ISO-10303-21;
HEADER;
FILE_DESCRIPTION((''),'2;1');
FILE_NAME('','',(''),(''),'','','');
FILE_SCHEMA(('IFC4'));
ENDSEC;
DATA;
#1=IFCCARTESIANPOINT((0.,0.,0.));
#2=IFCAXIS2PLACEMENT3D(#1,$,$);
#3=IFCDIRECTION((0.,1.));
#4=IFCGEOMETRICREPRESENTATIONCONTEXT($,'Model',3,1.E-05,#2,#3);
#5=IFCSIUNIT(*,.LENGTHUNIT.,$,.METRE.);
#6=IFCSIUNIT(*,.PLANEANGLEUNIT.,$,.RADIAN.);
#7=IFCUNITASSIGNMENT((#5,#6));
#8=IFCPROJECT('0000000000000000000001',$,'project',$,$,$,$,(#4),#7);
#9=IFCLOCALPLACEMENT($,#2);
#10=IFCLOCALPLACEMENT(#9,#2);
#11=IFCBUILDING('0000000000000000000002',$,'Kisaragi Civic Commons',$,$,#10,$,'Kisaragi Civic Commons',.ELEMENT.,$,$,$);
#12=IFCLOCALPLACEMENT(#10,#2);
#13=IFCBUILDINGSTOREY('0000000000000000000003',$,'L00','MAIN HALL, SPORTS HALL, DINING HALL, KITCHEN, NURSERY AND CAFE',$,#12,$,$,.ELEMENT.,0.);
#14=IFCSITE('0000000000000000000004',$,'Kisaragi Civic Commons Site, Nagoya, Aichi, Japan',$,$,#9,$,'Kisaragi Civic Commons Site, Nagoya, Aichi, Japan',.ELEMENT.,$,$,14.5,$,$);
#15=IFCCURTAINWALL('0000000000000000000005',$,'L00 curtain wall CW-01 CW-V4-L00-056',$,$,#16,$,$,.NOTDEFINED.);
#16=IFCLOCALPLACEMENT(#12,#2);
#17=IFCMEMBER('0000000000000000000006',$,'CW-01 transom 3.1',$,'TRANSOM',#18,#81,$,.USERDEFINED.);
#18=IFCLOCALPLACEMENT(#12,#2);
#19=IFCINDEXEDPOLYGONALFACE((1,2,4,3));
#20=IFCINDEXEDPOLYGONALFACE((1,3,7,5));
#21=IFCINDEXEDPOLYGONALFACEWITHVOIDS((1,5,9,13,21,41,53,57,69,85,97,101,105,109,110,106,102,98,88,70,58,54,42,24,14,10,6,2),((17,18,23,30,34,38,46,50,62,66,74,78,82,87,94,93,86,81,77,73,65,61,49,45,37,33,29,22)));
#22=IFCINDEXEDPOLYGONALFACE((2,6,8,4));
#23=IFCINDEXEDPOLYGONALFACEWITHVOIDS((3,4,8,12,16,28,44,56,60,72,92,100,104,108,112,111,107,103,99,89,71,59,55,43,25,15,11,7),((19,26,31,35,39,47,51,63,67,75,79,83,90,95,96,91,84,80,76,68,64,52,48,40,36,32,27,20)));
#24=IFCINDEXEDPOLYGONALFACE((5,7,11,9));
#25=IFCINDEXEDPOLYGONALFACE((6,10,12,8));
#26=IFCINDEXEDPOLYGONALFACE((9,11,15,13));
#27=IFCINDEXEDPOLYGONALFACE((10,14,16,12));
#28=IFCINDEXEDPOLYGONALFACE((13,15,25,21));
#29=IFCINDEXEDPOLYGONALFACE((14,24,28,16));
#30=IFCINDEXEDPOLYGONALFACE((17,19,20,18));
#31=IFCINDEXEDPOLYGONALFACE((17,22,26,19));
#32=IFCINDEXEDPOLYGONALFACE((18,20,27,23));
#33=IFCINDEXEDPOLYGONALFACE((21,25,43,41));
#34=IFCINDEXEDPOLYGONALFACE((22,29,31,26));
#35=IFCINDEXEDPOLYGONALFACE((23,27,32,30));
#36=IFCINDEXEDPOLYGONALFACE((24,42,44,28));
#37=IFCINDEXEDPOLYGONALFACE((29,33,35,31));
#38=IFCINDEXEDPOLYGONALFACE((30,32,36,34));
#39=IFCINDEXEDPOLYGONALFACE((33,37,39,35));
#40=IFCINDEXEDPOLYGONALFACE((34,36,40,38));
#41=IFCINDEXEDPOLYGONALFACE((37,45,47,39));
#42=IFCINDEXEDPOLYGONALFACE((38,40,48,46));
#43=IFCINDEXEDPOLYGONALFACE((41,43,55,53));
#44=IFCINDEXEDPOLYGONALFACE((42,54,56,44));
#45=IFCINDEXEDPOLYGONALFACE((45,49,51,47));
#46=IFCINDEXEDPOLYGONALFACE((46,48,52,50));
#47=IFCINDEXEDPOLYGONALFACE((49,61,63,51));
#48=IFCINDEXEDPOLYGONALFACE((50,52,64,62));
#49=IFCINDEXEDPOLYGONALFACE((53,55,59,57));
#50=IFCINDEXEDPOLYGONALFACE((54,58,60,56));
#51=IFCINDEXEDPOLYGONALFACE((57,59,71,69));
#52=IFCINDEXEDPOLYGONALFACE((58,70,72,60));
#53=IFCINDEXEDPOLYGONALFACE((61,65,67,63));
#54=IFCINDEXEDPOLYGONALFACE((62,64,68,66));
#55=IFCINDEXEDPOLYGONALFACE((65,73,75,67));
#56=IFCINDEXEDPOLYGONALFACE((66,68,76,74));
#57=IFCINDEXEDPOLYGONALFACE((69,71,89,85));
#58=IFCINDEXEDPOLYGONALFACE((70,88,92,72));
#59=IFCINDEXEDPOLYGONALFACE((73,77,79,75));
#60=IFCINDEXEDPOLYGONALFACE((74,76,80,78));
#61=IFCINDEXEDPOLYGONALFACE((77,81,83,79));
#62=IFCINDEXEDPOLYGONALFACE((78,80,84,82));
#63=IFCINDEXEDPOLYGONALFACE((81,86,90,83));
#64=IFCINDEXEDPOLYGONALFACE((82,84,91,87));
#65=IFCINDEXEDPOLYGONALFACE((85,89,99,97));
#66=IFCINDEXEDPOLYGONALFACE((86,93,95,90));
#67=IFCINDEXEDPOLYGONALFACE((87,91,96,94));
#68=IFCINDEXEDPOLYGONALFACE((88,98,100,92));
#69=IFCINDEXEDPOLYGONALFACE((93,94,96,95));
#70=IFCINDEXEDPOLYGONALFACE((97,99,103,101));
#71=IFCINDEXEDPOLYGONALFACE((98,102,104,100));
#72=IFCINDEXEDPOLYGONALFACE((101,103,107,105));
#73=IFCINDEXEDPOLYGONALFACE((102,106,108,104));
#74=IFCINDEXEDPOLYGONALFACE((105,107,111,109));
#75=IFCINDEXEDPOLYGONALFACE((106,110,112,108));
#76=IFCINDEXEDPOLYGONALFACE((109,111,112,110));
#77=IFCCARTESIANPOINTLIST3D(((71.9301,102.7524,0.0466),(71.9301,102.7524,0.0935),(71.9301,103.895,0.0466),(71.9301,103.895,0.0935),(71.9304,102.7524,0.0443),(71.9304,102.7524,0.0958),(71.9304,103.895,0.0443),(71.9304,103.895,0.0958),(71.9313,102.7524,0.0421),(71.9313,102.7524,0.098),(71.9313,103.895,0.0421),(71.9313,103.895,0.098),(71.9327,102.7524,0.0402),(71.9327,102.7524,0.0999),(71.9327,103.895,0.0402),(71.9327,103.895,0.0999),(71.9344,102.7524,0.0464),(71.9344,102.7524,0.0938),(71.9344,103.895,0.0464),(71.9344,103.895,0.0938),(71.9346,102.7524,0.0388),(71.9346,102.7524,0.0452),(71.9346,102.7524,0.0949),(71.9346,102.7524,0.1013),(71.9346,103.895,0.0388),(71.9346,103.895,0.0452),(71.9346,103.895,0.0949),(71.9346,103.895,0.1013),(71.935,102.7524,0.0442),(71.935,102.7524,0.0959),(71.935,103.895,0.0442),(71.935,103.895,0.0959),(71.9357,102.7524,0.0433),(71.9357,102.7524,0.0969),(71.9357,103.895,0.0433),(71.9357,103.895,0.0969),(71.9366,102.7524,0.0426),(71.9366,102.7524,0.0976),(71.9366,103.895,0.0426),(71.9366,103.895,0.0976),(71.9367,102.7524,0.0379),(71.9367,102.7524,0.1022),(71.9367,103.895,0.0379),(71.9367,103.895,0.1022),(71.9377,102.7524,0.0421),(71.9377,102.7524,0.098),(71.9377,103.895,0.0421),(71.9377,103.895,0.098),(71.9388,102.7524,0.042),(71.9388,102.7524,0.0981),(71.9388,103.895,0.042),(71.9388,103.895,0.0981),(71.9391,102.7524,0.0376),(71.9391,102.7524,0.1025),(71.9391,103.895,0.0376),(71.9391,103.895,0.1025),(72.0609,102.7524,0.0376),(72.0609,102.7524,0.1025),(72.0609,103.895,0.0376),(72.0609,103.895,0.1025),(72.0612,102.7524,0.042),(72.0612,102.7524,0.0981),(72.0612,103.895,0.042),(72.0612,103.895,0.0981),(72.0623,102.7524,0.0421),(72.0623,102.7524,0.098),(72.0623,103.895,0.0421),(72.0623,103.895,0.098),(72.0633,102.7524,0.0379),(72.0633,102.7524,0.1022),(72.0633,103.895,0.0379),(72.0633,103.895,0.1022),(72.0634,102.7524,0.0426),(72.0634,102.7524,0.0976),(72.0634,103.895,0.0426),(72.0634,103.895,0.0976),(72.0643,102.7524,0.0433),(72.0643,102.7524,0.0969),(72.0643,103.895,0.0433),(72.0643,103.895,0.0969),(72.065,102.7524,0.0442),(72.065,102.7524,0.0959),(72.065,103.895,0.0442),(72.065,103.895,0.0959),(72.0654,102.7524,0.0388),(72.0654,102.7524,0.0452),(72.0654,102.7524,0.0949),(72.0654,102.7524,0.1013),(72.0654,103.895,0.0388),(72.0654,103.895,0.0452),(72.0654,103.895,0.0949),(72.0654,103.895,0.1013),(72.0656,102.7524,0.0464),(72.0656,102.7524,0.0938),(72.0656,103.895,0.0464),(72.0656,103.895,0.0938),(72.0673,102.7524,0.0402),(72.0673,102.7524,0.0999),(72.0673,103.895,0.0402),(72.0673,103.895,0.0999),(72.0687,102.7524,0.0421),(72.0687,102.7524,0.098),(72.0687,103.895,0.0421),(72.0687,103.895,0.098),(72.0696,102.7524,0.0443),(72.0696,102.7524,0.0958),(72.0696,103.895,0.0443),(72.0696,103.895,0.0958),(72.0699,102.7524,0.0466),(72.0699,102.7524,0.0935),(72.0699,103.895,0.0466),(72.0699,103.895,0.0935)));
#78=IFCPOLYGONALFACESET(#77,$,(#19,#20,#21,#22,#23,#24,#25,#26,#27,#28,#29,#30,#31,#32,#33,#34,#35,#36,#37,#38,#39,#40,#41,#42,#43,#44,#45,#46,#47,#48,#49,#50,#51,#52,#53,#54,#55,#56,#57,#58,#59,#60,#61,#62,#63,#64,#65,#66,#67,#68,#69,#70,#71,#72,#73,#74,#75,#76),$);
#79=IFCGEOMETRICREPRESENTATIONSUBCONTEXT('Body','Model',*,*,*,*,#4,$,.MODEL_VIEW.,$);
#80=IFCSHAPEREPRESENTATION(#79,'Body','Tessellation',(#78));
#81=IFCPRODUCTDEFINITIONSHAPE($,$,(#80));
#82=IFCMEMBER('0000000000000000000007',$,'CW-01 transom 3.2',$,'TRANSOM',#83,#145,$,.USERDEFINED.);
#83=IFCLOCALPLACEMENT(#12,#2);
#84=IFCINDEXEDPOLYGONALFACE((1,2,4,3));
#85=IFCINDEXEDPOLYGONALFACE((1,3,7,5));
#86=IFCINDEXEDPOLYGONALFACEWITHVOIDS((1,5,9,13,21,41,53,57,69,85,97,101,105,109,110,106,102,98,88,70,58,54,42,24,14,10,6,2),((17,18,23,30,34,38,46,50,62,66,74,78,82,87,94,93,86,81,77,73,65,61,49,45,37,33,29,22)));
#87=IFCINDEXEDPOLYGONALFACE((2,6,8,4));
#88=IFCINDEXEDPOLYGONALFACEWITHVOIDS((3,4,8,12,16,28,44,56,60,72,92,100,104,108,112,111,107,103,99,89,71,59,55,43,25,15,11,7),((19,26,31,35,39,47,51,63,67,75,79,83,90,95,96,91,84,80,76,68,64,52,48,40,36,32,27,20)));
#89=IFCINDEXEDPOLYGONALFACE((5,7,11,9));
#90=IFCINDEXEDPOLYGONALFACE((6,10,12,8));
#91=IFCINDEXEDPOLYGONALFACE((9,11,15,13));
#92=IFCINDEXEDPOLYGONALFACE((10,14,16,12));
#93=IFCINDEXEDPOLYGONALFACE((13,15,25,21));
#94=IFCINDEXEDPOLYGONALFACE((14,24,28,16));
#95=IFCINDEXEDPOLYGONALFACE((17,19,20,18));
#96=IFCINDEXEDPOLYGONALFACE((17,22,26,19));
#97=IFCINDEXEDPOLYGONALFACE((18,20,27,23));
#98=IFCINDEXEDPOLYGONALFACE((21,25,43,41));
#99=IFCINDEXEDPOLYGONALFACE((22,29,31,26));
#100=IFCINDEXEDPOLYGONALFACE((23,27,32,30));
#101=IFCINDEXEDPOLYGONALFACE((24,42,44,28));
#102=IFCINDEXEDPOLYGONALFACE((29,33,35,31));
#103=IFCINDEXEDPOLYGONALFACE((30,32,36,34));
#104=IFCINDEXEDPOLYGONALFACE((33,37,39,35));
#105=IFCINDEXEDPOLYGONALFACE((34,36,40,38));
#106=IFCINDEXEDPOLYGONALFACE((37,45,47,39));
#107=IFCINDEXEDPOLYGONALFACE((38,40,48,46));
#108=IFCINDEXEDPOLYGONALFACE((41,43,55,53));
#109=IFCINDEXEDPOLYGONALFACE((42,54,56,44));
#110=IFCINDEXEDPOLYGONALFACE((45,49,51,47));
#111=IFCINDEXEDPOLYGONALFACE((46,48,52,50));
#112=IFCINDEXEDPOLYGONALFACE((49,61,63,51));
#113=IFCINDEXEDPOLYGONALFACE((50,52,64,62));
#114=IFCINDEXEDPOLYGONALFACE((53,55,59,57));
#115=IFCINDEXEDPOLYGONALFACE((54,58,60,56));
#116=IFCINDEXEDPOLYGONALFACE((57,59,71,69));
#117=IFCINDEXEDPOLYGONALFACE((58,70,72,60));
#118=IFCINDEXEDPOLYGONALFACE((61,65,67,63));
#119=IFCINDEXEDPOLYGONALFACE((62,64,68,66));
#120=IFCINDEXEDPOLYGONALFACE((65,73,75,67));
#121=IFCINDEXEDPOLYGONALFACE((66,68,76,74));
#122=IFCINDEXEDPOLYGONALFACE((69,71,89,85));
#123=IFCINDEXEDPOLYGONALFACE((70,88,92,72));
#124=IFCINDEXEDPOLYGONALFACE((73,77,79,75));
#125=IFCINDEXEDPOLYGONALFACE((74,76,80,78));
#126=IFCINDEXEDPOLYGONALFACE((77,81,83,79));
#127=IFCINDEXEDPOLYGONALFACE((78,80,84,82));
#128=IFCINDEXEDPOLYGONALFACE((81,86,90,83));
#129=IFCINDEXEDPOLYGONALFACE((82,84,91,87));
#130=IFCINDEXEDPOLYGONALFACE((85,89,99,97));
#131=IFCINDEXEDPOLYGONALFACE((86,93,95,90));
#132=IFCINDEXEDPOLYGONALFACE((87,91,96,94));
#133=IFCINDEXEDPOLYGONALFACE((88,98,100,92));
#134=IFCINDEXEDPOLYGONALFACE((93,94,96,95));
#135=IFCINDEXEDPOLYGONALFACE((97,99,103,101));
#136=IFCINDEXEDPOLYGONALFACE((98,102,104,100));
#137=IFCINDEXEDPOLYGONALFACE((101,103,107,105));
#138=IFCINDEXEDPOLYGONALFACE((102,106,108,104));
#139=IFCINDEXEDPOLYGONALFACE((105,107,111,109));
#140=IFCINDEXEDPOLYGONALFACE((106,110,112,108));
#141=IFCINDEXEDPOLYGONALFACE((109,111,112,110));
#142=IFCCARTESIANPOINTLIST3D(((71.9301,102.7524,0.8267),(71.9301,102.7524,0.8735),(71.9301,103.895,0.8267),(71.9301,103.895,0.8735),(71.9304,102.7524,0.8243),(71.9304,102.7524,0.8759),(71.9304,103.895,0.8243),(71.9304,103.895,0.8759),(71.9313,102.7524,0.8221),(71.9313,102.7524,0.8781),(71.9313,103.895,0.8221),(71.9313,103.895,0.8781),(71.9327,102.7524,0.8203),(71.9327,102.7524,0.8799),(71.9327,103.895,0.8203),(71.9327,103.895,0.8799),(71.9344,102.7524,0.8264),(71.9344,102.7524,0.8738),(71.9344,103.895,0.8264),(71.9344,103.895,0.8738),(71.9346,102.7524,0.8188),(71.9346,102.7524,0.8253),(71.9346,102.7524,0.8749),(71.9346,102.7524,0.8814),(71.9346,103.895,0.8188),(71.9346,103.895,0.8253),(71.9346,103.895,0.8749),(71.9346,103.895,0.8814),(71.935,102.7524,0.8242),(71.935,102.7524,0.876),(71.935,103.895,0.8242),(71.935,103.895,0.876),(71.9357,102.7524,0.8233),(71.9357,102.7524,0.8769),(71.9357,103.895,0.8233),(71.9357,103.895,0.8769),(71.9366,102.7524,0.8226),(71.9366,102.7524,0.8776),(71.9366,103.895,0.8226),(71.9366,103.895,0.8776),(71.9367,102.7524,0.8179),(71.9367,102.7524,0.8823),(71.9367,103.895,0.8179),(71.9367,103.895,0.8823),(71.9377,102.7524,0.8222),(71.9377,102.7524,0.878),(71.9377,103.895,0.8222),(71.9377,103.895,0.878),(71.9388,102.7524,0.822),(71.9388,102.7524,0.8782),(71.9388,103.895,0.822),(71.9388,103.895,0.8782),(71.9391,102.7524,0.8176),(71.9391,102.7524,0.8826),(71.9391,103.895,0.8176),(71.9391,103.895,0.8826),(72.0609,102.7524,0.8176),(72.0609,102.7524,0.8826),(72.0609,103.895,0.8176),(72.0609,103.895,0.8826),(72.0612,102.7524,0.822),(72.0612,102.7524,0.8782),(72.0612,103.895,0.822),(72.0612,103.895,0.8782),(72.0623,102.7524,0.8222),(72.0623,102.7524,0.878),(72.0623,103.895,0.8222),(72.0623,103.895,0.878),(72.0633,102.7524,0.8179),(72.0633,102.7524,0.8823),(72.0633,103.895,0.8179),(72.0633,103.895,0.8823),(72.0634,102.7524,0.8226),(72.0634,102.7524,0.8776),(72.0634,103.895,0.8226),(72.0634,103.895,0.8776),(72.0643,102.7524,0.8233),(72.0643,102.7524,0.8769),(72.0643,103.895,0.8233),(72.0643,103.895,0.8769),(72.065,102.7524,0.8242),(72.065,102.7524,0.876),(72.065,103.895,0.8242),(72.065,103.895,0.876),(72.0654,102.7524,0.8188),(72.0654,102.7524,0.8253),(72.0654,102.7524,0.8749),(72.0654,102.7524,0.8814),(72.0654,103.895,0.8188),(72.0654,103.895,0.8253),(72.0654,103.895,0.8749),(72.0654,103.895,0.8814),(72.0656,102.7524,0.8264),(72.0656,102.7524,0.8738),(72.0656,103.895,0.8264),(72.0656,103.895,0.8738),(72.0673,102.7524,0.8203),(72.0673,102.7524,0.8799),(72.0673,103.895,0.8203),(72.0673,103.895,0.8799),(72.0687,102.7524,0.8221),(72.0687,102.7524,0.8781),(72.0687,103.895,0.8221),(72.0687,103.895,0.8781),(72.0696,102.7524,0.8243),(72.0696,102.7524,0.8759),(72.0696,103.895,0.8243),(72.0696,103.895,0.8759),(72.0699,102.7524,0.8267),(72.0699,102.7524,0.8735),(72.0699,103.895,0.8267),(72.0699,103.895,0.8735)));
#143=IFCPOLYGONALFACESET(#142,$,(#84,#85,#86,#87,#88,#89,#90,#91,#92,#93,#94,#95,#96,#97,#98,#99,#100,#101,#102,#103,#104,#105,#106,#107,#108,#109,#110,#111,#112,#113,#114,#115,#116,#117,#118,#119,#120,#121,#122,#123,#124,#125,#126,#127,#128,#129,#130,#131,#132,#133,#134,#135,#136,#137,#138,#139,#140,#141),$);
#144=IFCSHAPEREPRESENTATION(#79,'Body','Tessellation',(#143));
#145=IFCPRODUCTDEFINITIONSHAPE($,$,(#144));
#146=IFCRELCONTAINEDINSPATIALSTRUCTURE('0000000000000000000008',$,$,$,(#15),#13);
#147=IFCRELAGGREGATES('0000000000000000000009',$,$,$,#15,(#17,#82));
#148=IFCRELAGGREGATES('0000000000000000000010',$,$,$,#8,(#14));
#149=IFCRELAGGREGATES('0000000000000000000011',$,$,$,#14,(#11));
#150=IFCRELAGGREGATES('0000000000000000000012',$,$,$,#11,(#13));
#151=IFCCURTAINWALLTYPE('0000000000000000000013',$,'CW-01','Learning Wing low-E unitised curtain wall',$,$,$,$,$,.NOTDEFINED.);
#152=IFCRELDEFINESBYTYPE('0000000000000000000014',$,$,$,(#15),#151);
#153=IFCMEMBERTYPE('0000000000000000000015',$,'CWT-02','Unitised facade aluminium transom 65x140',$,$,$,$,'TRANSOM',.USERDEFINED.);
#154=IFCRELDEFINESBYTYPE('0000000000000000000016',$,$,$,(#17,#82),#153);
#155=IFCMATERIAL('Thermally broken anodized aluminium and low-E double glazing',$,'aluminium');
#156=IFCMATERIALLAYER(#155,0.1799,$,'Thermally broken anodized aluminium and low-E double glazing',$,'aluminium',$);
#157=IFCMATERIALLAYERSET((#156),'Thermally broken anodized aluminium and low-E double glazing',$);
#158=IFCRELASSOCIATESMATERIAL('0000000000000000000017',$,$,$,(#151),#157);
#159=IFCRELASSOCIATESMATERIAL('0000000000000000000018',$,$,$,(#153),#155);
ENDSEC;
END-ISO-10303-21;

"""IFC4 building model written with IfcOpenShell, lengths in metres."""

from ifc_helpers import new_model, si_unit, direction, frame, origin, origin_2d, place, context, subcontext, project, spatial, hollow_rectangle, extrude, material, layer, layer_set, material_profile, profile_set, type_object, element, aggregate, save


model = new_model("IFC4")

# Units and contexts
model_context = context("Model", 3, precision=1e-05, world=origin(), true_north=direction((0.0, 1.0)))
body_context = subcontext(model_context, "Body", "Model", "MODEL_VIEW")
ifc_project = project(units=[si_unit("LENGTHUNIT", "METRE"), si_unit("PLANEANGLEUNIT", "RADIAN")], contexts=[model_context])

# Site, building, storey
site_placement = place(None, origin())
site = spatial("IfcSite", under=ifc_project, at=site_placement, Name="Kisaragi Civic Commons Site, Nagoya, Aichi, Japan", LongName="Kisaragi Civic Commons Site, Nagoya, Aichi, Japan", CompositionType="ELEMENT", RefElevation=14.5)
building_placement = place(site_placement, origin())
building = spatial("IfcBuilding", under=site, at=building_placement, Name="Kisaragi Civic Commons", LongName="Kisaragi Civic Commons", CompositionType="ELEMENT")
storey_placement = place(building_placement, origin())
storey = spatial("IfcBuildingStorey", under=building, at=storey_placement, Name="L00", Description="MAIN HALL, SPORTS HALL, DINING HALL, KITCHEN, NURSERY AND CAFE", CompositionType="ELEMENT", Elevation=0.0)

# Curtain wall, members
ifc_material_1 = material(Name="Thermally broken anodized aluminium and low-E double glazing", Category="aluminium")
ifc_layer_1 = layer(ifc_material_1, 0.1799, Name="Thermally broken anodized aluminium and low-E double glazing", Category="aluminium")
ifc_layer_set_1 = layer_set([ifc_layer_1], Name="Thermally broken anodized aluminium and low-E double glazing")
curtain_wall_type = type_object("IfcCurtainWallType", Name="CW-01", Description="Learning Wing low-E unitised curtain wall", PredefinedType="NOTDEFINED", material=ifc_layer_set_1)
curtain_wall_placement = place(storey_placement, origin())
curtain_wall = element("IfcCurtainWall", 1, at=curtain_wall_placement, inside=storey, type_object=curtain_wall_type, Name="L00 curtain wall CW-01 CW-V4-L00-056", PredefinedType="NOTDEFINED")
ifc_material_profile_1 = material_profile(ifc_material_1, hollow_rectangle(XDim=0.1399, YDim=0.0649, WallThickness=0.0044, InnerFilletRadius=0.0044, OuterFilletRadius=0.009, at=origin_2d()), Name="CWT-65x140x4.5", Category="aluminium")
ifc_profile_set_1 = profile_set([ifc_material_profile_1], Name="Thermally broken anodized aluminium and low-E double glazing")
member_type_1 = type_object("IfcMemberType", Name="CWT-02", Description="Unitised facade aluminium transom 65x140", ElementType="TRANSOM", PredefinedType="USERDEFINED", material=ifc_profile_set_1)
member_1_placement = place(storey_placement, frame((72.0, 102.7524, 0.0701), z_axis=(0.0, 1.0, 0.0), x_axis=(-1.0, 0.0, 0.0)))
member_1 = element("IfcMember", 2, at=member_1_placement, type_object=member_type_1, Name="CW-01 transom 3.1", ObjectType="TRANSOM", PredefinedType="USERDEFINED", context=body_context, shape_type="SweptSolid", body=[
    extrude(hollow_rectangle(XDim=0.1399, YDim=0.0649, WallThickness=0.0044, InnerFilletRadius=0.0044, OuterFilletRadius=0.009, at=origin_2d()), origin(), (0.0, 0.0, 1.0), 1.1426),
])
member_2_placement = place(storey_placement, frame((72.0, 102.7524, 0.8501), z_axis=(0.0, 1.0, 0.0), x_axis=(-1.0, 0.0, 0.0)))
member_2 = element("IfcMember", 3, at=member_2_placement, type_object=member_type_1, Name="CW-01 transom 3.2", ObjectType="TRANSOM", PredefinedType="USERDEFINED", context=body_context, shape_type="SweptSolid", body=[
    extrude(hollow_rectangle(XDim=0.1399, YDim=0.0649, WallThickness=0.0044, InnerFilletRadius=0.0044, OuterFilletRadius=0.009, at=origin_2d()), origin(), (0.0, 0.0, 1.0), 1.1426),
])

aggregate(curtain_wall, [member_1, member_2])

save(model, "model.ifc")
